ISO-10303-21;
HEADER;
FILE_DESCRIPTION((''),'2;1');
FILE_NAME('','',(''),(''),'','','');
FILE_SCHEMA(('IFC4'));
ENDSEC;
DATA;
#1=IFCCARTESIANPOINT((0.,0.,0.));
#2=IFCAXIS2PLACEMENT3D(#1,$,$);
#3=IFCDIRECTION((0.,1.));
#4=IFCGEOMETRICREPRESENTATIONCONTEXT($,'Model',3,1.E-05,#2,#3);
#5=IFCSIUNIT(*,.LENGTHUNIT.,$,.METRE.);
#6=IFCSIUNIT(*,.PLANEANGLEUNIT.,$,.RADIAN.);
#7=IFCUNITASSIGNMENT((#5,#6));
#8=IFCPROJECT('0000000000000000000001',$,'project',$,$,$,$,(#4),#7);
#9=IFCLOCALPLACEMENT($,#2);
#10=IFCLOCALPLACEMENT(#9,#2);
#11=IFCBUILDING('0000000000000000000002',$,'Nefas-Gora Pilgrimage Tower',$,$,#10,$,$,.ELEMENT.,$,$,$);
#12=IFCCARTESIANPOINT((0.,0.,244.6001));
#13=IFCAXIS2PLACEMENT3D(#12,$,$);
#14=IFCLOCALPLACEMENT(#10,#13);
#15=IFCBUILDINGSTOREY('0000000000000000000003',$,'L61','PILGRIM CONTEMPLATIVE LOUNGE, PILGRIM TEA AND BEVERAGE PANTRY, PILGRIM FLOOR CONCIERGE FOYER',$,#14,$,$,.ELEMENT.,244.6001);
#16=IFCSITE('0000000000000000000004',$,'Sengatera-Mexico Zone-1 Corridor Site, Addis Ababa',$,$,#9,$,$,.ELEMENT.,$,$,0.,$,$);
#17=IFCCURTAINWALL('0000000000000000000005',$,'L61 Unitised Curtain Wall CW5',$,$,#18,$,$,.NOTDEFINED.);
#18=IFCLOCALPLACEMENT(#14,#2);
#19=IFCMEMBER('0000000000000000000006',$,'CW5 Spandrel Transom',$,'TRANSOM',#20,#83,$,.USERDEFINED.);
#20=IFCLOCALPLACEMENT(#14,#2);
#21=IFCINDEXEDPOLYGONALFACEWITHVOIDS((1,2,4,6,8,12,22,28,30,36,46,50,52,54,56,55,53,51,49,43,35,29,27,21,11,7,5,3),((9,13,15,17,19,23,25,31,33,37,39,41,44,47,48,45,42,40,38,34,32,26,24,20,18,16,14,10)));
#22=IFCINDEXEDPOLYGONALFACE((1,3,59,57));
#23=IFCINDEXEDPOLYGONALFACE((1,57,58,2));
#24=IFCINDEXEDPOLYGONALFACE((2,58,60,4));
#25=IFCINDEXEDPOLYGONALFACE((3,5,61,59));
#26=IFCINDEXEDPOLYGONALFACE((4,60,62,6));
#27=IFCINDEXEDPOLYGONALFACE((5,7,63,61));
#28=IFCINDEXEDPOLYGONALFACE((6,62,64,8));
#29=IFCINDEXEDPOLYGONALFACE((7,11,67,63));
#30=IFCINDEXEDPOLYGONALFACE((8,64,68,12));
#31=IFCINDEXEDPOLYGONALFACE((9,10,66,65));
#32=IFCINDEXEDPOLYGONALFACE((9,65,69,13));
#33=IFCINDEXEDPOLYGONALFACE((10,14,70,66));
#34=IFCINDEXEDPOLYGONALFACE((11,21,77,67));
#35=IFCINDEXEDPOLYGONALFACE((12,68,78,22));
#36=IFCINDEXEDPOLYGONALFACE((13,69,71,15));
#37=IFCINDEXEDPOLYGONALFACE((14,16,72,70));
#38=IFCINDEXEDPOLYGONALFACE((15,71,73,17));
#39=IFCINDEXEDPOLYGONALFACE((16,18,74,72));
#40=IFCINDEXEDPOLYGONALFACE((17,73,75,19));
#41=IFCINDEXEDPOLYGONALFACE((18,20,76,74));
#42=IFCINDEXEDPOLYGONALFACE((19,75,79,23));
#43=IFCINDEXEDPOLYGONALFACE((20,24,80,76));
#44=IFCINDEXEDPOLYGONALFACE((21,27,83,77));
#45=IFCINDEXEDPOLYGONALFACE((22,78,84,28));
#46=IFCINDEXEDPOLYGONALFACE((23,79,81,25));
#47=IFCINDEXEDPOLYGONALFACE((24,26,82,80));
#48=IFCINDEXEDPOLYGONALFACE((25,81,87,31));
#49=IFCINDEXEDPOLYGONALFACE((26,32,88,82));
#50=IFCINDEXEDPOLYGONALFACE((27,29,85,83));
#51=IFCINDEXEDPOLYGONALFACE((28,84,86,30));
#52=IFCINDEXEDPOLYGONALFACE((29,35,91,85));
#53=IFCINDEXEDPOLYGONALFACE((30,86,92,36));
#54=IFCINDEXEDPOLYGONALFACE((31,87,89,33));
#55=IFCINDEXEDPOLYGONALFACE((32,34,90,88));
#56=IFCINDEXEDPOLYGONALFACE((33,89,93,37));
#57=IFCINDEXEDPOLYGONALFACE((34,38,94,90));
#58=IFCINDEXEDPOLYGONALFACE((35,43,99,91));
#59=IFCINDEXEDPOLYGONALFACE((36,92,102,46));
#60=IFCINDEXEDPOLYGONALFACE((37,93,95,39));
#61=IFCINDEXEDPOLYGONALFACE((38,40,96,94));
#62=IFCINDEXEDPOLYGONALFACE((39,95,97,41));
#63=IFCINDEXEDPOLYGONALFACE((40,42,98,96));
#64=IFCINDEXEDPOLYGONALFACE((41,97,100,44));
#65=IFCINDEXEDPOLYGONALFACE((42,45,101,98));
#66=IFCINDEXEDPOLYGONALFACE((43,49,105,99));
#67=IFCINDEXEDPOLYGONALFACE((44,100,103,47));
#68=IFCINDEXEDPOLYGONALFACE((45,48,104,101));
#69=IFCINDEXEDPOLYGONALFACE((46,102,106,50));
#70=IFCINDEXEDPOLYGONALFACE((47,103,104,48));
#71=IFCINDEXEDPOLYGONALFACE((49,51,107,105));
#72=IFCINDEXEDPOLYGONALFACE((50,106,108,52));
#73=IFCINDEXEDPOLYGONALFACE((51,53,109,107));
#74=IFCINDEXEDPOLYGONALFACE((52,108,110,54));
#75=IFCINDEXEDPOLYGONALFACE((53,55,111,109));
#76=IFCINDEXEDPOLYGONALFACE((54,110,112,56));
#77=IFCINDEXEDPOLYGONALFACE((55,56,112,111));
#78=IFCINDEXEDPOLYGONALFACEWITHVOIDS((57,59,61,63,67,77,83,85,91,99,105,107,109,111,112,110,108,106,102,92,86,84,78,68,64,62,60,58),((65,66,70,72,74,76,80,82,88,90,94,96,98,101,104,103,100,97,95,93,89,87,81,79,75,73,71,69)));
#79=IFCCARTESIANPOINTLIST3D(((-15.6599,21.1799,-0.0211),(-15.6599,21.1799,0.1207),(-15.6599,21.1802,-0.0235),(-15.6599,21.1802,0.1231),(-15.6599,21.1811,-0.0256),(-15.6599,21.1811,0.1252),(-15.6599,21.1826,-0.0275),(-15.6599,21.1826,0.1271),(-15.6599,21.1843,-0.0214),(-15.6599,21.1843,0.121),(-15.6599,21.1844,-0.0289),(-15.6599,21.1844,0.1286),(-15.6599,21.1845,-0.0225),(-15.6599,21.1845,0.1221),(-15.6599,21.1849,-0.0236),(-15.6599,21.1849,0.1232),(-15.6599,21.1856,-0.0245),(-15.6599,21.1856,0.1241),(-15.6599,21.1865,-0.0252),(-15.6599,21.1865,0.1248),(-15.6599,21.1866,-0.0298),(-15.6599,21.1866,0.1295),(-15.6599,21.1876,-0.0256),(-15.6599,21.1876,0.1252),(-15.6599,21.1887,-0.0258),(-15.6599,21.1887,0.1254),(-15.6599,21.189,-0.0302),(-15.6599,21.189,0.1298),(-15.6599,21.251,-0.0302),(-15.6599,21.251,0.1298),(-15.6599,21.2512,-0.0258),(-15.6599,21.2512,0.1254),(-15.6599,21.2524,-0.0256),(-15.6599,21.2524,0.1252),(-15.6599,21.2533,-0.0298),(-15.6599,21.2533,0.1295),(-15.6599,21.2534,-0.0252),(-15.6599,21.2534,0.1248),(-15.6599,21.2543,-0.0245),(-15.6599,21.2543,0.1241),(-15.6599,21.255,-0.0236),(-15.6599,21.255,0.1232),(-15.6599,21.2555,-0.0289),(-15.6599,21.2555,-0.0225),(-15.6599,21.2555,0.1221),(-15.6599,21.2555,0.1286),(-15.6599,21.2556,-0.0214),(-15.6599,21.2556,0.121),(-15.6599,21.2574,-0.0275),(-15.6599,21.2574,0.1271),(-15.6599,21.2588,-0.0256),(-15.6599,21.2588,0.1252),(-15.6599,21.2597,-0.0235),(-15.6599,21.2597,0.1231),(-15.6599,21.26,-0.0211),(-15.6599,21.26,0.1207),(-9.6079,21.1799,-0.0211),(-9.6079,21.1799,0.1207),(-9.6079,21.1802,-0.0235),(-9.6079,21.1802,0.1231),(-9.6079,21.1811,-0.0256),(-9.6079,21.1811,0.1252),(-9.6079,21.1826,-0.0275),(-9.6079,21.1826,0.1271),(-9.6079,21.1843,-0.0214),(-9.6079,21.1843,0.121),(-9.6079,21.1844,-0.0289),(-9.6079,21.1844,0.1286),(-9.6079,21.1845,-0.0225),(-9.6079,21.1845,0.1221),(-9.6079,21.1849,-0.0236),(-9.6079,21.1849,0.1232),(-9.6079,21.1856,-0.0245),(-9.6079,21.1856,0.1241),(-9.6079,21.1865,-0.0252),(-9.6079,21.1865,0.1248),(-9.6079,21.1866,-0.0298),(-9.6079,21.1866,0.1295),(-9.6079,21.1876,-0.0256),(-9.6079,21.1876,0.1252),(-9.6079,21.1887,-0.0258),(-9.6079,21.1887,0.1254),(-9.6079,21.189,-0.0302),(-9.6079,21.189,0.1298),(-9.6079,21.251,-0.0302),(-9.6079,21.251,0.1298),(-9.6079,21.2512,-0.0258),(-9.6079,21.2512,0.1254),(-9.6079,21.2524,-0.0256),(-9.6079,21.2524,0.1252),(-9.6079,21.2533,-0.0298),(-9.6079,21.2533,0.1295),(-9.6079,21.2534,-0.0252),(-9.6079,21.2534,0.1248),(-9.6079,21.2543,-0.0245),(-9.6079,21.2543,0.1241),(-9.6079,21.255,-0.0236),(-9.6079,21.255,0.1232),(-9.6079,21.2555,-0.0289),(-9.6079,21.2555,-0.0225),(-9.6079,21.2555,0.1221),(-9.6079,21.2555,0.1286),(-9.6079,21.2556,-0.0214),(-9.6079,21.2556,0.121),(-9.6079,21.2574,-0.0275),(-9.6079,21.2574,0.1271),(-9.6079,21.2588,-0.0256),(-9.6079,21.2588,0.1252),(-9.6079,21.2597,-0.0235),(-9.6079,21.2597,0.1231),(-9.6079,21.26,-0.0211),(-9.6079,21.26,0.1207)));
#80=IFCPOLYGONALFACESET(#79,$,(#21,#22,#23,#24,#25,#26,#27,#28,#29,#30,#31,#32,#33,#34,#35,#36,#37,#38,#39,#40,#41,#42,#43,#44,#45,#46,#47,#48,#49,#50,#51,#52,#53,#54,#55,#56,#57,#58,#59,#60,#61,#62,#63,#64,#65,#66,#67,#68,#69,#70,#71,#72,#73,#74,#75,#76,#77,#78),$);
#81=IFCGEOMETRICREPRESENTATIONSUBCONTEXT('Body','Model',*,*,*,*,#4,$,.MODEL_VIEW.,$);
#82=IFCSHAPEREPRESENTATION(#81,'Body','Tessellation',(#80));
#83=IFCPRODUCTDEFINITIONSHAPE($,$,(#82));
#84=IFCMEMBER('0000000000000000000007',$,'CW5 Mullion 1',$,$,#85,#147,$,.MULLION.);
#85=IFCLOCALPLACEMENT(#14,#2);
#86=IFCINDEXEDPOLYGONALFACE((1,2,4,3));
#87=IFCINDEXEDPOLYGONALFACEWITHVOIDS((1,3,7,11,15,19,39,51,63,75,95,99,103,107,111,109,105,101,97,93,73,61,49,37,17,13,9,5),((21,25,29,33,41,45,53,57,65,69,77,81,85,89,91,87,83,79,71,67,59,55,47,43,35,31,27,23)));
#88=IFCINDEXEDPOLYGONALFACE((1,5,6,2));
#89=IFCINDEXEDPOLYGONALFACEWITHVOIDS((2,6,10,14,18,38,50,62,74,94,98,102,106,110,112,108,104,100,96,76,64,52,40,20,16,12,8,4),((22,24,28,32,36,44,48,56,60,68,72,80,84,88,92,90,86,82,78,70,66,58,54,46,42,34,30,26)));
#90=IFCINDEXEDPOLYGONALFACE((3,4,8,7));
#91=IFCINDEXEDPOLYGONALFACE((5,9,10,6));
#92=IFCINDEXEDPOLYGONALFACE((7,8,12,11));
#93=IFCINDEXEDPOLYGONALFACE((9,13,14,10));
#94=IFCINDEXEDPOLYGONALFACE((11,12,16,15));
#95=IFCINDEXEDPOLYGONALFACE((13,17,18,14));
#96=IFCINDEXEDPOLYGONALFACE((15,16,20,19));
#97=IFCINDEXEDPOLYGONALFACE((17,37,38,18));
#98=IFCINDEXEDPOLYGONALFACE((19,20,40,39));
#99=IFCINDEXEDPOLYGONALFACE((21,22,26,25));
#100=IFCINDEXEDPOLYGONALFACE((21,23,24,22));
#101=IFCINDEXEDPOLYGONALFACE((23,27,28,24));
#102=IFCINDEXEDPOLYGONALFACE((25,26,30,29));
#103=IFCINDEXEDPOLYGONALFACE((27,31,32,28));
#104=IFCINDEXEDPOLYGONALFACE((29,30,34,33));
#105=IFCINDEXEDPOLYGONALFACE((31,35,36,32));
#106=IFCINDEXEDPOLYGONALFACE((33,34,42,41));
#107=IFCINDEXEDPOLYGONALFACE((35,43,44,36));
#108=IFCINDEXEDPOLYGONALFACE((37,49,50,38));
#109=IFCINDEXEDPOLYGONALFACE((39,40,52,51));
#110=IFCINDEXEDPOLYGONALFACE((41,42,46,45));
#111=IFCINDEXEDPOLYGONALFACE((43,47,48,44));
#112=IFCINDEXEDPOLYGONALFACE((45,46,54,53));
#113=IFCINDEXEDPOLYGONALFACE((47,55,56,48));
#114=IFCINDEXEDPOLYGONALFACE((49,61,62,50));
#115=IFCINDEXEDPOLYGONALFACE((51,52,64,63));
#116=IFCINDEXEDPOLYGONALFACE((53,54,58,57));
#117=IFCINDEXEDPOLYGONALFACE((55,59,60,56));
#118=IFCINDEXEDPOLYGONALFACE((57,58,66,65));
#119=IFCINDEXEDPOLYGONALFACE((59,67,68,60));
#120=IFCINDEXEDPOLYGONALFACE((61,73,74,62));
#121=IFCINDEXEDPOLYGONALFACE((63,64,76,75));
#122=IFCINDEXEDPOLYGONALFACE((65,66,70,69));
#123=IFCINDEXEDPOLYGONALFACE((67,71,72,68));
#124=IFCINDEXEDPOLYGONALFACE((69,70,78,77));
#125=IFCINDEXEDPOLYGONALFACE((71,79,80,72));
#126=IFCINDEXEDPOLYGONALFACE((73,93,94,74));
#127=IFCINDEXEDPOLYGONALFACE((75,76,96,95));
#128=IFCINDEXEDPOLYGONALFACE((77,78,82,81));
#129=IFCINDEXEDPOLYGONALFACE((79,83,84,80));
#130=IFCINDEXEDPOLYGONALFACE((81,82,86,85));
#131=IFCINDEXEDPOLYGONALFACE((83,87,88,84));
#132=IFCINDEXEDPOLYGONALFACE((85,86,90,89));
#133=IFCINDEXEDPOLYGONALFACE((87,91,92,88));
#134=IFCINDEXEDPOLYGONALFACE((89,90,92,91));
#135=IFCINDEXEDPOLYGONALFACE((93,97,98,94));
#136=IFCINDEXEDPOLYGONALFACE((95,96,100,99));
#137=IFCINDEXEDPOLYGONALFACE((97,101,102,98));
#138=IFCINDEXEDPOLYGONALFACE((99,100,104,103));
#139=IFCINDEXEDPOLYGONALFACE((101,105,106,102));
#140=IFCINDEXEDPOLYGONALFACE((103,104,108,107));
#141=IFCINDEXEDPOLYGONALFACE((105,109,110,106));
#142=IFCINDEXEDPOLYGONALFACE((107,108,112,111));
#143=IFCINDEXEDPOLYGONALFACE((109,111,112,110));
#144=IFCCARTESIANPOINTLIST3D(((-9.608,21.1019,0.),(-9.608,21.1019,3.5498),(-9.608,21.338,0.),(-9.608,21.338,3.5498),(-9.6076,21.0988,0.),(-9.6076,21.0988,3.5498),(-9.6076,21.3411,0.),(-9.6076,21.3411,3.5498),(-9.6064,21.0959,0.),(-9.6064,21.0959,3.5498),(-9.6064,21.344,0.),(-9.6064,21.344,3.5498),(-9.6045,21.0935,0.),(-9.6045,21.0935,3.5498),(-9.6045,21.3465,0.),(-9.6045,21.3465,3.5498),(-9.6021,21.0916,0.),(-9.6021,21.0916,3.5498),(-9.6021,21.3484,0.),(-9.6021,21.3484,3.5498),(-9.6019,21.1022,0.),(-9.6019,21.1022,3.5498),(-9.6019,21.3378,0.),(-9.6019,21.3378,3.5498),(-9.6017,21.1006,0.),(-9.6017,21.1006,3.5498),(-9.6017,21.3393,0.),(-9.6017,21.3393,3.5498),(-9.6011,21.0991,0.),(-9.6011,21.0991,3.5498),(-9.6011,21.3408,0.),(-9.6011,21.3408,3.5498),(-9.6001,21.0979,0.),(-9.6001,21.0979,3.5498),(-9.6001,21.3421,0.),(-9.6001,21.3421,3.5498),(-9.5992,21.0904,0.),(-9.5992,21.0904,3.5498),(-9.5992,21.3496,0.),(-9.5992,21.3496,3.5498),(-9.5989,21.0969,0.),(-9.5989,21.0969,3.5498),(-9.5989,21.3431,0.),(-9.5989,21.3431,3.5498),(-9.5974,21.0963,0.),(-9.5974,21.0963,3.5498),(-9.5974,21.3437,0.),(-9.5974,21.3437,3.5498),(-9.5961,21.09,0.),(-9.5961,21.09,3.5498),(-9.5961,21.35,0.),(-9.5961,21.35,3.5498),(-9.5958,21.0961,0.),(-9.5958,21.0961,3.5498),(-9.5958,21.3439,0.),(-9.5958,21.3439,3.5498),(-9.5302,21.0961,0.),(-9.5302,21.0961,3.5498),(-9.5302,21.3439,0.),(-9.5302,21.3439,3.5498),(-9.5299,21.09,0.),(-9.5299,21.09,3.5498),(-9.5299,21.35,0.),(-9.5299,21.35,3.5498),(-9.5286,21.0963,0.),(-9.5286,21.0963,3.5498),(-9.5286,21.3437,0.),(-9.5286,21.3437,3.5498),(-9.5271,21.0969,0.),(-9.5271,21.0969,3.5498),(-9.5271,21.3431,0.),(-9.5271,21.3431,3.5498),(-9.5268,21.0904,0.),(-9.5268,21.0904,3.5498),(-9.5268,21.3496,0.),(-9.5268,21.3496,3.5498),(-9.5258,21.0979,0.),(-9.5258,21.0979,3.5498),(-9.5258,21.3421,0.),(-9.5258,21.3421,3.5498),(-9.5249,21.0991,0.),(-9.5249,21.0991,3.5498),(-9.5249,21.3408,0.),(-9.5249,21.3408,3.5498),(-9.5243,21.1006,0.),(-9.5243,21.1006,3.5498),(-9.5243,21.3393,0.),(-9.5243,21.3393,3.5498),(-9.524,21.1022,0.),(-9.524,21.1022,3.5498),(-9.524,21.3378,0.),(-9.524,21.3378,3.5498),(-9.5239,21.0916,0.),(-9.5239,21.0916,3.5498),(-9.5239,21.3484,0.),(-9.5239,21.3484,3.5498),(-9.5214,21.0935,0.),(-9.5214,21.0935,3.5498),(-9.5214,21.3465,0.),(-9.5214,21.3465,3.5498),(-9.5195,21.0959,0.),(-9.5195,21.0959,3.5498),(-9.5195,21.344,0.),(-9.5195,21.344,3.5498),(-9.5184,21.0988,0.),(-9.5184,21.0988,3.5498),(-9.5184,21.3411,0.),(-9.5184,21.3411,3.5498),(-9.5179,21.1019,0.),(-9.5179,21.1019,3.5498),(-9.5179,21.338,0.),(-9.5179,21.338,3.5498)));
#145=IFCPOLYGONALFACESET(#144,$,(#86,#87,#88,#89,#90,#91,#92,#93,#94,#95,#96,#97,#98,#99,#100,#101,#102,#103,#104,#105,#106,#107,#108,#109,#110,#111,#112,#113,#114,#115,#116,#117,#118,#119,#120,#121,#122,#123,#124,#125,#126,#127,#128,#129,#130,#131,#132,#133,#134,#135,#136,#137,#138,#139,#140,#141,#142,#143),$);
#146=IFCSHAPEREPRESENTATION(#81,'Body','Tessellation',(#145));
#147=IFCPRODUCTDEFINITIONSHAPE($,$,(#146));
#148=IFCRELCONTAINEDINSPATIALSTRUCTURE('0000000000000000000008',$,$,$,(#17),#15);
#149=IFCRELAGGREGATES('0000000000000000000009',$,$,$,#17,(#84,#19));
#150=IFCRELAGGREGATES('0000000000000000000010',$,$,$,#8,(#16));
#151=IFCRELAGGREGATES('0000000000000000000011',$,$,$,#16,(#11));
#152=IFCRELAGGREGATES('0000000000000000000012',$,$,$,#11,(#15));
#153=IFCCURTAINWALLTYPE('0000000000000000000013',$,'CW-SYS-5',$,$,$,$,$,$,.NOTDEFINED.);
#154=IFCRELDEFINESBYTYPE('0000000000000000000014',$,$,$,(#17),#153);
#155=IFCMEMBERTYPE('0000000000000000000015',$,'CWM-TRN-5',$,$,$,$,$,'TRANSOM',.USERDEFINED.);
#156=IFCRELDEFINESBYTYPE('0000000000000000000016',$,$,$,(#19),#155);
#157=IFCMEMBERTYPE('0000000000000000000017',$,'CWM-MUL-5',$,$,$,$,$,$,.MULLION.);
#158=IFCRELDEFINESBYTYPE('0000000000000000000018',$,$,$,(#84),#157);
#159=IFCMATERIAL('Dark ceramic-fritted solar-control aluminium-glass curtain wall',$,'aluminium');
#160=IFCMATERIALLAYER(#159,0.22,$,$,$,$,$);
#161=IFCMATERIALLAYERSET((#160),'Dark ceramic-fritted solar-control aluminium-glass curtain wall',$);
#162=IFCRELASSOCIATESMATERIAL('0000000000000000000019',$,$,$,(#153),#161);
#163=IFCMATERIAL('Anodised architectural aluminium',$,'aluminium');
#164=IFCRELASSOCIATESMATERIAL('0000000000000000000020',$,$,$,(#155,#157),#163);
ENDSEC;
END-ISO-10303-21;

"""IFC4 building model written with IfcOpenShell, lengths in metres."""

from ifc_helpers import new_model, si_unit, direction, frame, origin, origin_2d, place, context, subcontext, project, spatial, hollow_rectangle, extrude, source, transform, mapped, material, layer, layer_set, material_profile, profile_set, type_object, element, aggregate, save


model = new_model("IFC4")

# Units and contexts
model_context = context("Model", 3, precision=1e-05, world=origin(), true_north=direction((0.0, 1.0)))
body_context = subcontext(model_context, "Body", "Model", "MODEL_VIEW")
ifc_project = project(units=[si_unit("LENGTHUNIT", "METRE"), si_unit("PLANEANGLEUNIT", "RADIAN")], contexts=[model_context])

# Site, building, storey
site_placement = place(None, origin())
site = spatial("IfcSite", under=ifc_project, at=site_placement, Name="Sengatera-Mexico Zone-1 Corridor Site, Addis Ababa", CompositionType="ELEMENT", RefElevation=0.0)
building_placement = place(site_placement, origin())
building = spatial("IfcBuilding", under=site, at=building_placement, Name="Nefas-Gora Pilgrimage Tower", CompositionType="ELEMENT")
storey_placement = place(building_placement, frame((0.0, 0.0, 244.6001)))
storey = spatial("IfcBuildingStorey", under=building, at=storey_placement, Name="L61", Description="PILGRIM CONTEMPLATIVE LOUNGE, PILGRIM TEA AND BEVERAGE PANTRY, PILGRIM FLOOR CONCIERGE FOYER", CompositionType="ELEMENT", Elevation=244.6001)

# Curtain wall, members
ifc_material_1 = material(Name="Dark ceramic-fritted solar-control aluminium-glass curtain wall", Category="aluminium")
ifc_layer_1 = layer(ifc_material_1, 0.22)
ifc_layer_set_1 = layer_set([ifc_layer_1], Name="Dark ceramic-fritted solar-control aluminium-glass curtain wall")
curtain_wall_type_1 = type_object("IfcCurtainWallType", Name="CW-SYS-5", PredefinedType="NOTDEFINED", material=ifc_layer_set_1)
curtain_wall_1_placement = place(storey_placement, origin())
curtain_wall_1 = element("IfcCurtainWall", 1, at=curtain_wall_1_placement, inside=storey, type_object=curtain_wall_type_1, Name="L61 Unitised Curtain Wall CW5", PredefinedType="NOTDEFINED")
ifc_material_2 = material(Name="Anodised architectural aluminium", Category="aluminium")
ifc_material_profile_1 = material_profile(ifc_material_2, hollow_rectangle(XDim=0.0801, YDim=0.1599, WallThickness=0.0044, InnerFilletRadius=0.0044, OuterFilletRadius=0.009, at=origin_2d()), Name="ALU TRANSOM 80x160")
ifc_profile_set_1 = profile_set([ifc_material_profile_1], Name="Anodised architectural aluminium")
member_type_1 = type_object("IfcMemberType", Name="CWM-TRN-5", ElementType="TRANSOM", PredefinedType="USERDEFINED", material=ifc_profile_set_1)
shared_shape_1 = source(origin(), body_context, "Body", "SweptSolid", [
    extrude(hollow_rectangle(XDim=0.0801, YDim=0.1599, WallThickness=0.0044, InnerFilletRadius=0.0044, OuterFilletRadius=0.009, at=origin_2d()), origin(), (0.0, 0.0, 1.0), 6.052),
])
member_1_placement = place(storey_placement, frame((-9.6079, 21.22, 0.0498), z_axis=(-1.0, 0.0, 0.0), x_axis=(0.0, -1.0, 0.0)))
member_1 = element("IfcMember", 2, at=member_1_placement, type_object=member_type_1, Name="CW5 Spandrel Transom", ObjectType="TRANSOM", PredefinedType="USERDEFINED", context=body_context, shape_type="MappedRepresentation", body=[
    mapped(shared_shape_1, transform((0.0, 0.0, 0.0), x_axis=(1.0, 0.0, 0.0), y_axis=(0.0, 1.0, 0.0), z_axis=(0.0, 0.0, 1.0), scale=1.0)),
])
ifc_material_profile_2 = material_profile(ifc_material_2, hollow_rectangle(XDim=0.0901, YDim=0.26, WallThickness=0.0061, InnerFilletRadius=0.0061, OuterFilletRadius=0.012, at=origin_2d()), Name="ALU MULLION 90x260")
ifc_profile_set_2 = profile_set([ifc_material_profile_2], Name="Anodised architectural aluminium")
member_type_2 = type_object("IfcMemberType", Name="CWM-MUL-5", PredefinedType="MULLION", material=ifc_profile_set_2)
shared_shape_2 = source(origin(), body_context, "Body", "SweptSolid", [
    extrude(hollow_rectangle(XDim=0.0901, YDim=0.26, WallThickness=0.0061, InnerFilletRadius=0.0061, OuterFilletRadius=0.012, at=origin_2d()), origin(), (0.0, 0.0, 1.0), 3.5498),
])
member_2_placement = place(storey_placement, frame((-9.563, 21.22, 0.0), z_axis=(0.0, 0.0, 1.0), x_axis=(-1.0, 0.0, 0.0)))
member_2 = element("IfcMember", 3, at=member_2_placement, type_object=member_type_2, Name="CW5 Mullion 1", PredefinedType="MULLION", context=body_context, shape_type="MappedRepresentation", body=[
    mapped(shared_shape_2, transform((0.0, 0.0, 0.0), x_axis=(1.0, 0.0, 0.0), y_axis=(0.0, 1.0, 0.0), z_axis=(0.0, 0.0, 1.0), scale=1.0)),
])

aggregate(curtain_wall_1, [member_2, member_1])

save(model, "model.ifc")
